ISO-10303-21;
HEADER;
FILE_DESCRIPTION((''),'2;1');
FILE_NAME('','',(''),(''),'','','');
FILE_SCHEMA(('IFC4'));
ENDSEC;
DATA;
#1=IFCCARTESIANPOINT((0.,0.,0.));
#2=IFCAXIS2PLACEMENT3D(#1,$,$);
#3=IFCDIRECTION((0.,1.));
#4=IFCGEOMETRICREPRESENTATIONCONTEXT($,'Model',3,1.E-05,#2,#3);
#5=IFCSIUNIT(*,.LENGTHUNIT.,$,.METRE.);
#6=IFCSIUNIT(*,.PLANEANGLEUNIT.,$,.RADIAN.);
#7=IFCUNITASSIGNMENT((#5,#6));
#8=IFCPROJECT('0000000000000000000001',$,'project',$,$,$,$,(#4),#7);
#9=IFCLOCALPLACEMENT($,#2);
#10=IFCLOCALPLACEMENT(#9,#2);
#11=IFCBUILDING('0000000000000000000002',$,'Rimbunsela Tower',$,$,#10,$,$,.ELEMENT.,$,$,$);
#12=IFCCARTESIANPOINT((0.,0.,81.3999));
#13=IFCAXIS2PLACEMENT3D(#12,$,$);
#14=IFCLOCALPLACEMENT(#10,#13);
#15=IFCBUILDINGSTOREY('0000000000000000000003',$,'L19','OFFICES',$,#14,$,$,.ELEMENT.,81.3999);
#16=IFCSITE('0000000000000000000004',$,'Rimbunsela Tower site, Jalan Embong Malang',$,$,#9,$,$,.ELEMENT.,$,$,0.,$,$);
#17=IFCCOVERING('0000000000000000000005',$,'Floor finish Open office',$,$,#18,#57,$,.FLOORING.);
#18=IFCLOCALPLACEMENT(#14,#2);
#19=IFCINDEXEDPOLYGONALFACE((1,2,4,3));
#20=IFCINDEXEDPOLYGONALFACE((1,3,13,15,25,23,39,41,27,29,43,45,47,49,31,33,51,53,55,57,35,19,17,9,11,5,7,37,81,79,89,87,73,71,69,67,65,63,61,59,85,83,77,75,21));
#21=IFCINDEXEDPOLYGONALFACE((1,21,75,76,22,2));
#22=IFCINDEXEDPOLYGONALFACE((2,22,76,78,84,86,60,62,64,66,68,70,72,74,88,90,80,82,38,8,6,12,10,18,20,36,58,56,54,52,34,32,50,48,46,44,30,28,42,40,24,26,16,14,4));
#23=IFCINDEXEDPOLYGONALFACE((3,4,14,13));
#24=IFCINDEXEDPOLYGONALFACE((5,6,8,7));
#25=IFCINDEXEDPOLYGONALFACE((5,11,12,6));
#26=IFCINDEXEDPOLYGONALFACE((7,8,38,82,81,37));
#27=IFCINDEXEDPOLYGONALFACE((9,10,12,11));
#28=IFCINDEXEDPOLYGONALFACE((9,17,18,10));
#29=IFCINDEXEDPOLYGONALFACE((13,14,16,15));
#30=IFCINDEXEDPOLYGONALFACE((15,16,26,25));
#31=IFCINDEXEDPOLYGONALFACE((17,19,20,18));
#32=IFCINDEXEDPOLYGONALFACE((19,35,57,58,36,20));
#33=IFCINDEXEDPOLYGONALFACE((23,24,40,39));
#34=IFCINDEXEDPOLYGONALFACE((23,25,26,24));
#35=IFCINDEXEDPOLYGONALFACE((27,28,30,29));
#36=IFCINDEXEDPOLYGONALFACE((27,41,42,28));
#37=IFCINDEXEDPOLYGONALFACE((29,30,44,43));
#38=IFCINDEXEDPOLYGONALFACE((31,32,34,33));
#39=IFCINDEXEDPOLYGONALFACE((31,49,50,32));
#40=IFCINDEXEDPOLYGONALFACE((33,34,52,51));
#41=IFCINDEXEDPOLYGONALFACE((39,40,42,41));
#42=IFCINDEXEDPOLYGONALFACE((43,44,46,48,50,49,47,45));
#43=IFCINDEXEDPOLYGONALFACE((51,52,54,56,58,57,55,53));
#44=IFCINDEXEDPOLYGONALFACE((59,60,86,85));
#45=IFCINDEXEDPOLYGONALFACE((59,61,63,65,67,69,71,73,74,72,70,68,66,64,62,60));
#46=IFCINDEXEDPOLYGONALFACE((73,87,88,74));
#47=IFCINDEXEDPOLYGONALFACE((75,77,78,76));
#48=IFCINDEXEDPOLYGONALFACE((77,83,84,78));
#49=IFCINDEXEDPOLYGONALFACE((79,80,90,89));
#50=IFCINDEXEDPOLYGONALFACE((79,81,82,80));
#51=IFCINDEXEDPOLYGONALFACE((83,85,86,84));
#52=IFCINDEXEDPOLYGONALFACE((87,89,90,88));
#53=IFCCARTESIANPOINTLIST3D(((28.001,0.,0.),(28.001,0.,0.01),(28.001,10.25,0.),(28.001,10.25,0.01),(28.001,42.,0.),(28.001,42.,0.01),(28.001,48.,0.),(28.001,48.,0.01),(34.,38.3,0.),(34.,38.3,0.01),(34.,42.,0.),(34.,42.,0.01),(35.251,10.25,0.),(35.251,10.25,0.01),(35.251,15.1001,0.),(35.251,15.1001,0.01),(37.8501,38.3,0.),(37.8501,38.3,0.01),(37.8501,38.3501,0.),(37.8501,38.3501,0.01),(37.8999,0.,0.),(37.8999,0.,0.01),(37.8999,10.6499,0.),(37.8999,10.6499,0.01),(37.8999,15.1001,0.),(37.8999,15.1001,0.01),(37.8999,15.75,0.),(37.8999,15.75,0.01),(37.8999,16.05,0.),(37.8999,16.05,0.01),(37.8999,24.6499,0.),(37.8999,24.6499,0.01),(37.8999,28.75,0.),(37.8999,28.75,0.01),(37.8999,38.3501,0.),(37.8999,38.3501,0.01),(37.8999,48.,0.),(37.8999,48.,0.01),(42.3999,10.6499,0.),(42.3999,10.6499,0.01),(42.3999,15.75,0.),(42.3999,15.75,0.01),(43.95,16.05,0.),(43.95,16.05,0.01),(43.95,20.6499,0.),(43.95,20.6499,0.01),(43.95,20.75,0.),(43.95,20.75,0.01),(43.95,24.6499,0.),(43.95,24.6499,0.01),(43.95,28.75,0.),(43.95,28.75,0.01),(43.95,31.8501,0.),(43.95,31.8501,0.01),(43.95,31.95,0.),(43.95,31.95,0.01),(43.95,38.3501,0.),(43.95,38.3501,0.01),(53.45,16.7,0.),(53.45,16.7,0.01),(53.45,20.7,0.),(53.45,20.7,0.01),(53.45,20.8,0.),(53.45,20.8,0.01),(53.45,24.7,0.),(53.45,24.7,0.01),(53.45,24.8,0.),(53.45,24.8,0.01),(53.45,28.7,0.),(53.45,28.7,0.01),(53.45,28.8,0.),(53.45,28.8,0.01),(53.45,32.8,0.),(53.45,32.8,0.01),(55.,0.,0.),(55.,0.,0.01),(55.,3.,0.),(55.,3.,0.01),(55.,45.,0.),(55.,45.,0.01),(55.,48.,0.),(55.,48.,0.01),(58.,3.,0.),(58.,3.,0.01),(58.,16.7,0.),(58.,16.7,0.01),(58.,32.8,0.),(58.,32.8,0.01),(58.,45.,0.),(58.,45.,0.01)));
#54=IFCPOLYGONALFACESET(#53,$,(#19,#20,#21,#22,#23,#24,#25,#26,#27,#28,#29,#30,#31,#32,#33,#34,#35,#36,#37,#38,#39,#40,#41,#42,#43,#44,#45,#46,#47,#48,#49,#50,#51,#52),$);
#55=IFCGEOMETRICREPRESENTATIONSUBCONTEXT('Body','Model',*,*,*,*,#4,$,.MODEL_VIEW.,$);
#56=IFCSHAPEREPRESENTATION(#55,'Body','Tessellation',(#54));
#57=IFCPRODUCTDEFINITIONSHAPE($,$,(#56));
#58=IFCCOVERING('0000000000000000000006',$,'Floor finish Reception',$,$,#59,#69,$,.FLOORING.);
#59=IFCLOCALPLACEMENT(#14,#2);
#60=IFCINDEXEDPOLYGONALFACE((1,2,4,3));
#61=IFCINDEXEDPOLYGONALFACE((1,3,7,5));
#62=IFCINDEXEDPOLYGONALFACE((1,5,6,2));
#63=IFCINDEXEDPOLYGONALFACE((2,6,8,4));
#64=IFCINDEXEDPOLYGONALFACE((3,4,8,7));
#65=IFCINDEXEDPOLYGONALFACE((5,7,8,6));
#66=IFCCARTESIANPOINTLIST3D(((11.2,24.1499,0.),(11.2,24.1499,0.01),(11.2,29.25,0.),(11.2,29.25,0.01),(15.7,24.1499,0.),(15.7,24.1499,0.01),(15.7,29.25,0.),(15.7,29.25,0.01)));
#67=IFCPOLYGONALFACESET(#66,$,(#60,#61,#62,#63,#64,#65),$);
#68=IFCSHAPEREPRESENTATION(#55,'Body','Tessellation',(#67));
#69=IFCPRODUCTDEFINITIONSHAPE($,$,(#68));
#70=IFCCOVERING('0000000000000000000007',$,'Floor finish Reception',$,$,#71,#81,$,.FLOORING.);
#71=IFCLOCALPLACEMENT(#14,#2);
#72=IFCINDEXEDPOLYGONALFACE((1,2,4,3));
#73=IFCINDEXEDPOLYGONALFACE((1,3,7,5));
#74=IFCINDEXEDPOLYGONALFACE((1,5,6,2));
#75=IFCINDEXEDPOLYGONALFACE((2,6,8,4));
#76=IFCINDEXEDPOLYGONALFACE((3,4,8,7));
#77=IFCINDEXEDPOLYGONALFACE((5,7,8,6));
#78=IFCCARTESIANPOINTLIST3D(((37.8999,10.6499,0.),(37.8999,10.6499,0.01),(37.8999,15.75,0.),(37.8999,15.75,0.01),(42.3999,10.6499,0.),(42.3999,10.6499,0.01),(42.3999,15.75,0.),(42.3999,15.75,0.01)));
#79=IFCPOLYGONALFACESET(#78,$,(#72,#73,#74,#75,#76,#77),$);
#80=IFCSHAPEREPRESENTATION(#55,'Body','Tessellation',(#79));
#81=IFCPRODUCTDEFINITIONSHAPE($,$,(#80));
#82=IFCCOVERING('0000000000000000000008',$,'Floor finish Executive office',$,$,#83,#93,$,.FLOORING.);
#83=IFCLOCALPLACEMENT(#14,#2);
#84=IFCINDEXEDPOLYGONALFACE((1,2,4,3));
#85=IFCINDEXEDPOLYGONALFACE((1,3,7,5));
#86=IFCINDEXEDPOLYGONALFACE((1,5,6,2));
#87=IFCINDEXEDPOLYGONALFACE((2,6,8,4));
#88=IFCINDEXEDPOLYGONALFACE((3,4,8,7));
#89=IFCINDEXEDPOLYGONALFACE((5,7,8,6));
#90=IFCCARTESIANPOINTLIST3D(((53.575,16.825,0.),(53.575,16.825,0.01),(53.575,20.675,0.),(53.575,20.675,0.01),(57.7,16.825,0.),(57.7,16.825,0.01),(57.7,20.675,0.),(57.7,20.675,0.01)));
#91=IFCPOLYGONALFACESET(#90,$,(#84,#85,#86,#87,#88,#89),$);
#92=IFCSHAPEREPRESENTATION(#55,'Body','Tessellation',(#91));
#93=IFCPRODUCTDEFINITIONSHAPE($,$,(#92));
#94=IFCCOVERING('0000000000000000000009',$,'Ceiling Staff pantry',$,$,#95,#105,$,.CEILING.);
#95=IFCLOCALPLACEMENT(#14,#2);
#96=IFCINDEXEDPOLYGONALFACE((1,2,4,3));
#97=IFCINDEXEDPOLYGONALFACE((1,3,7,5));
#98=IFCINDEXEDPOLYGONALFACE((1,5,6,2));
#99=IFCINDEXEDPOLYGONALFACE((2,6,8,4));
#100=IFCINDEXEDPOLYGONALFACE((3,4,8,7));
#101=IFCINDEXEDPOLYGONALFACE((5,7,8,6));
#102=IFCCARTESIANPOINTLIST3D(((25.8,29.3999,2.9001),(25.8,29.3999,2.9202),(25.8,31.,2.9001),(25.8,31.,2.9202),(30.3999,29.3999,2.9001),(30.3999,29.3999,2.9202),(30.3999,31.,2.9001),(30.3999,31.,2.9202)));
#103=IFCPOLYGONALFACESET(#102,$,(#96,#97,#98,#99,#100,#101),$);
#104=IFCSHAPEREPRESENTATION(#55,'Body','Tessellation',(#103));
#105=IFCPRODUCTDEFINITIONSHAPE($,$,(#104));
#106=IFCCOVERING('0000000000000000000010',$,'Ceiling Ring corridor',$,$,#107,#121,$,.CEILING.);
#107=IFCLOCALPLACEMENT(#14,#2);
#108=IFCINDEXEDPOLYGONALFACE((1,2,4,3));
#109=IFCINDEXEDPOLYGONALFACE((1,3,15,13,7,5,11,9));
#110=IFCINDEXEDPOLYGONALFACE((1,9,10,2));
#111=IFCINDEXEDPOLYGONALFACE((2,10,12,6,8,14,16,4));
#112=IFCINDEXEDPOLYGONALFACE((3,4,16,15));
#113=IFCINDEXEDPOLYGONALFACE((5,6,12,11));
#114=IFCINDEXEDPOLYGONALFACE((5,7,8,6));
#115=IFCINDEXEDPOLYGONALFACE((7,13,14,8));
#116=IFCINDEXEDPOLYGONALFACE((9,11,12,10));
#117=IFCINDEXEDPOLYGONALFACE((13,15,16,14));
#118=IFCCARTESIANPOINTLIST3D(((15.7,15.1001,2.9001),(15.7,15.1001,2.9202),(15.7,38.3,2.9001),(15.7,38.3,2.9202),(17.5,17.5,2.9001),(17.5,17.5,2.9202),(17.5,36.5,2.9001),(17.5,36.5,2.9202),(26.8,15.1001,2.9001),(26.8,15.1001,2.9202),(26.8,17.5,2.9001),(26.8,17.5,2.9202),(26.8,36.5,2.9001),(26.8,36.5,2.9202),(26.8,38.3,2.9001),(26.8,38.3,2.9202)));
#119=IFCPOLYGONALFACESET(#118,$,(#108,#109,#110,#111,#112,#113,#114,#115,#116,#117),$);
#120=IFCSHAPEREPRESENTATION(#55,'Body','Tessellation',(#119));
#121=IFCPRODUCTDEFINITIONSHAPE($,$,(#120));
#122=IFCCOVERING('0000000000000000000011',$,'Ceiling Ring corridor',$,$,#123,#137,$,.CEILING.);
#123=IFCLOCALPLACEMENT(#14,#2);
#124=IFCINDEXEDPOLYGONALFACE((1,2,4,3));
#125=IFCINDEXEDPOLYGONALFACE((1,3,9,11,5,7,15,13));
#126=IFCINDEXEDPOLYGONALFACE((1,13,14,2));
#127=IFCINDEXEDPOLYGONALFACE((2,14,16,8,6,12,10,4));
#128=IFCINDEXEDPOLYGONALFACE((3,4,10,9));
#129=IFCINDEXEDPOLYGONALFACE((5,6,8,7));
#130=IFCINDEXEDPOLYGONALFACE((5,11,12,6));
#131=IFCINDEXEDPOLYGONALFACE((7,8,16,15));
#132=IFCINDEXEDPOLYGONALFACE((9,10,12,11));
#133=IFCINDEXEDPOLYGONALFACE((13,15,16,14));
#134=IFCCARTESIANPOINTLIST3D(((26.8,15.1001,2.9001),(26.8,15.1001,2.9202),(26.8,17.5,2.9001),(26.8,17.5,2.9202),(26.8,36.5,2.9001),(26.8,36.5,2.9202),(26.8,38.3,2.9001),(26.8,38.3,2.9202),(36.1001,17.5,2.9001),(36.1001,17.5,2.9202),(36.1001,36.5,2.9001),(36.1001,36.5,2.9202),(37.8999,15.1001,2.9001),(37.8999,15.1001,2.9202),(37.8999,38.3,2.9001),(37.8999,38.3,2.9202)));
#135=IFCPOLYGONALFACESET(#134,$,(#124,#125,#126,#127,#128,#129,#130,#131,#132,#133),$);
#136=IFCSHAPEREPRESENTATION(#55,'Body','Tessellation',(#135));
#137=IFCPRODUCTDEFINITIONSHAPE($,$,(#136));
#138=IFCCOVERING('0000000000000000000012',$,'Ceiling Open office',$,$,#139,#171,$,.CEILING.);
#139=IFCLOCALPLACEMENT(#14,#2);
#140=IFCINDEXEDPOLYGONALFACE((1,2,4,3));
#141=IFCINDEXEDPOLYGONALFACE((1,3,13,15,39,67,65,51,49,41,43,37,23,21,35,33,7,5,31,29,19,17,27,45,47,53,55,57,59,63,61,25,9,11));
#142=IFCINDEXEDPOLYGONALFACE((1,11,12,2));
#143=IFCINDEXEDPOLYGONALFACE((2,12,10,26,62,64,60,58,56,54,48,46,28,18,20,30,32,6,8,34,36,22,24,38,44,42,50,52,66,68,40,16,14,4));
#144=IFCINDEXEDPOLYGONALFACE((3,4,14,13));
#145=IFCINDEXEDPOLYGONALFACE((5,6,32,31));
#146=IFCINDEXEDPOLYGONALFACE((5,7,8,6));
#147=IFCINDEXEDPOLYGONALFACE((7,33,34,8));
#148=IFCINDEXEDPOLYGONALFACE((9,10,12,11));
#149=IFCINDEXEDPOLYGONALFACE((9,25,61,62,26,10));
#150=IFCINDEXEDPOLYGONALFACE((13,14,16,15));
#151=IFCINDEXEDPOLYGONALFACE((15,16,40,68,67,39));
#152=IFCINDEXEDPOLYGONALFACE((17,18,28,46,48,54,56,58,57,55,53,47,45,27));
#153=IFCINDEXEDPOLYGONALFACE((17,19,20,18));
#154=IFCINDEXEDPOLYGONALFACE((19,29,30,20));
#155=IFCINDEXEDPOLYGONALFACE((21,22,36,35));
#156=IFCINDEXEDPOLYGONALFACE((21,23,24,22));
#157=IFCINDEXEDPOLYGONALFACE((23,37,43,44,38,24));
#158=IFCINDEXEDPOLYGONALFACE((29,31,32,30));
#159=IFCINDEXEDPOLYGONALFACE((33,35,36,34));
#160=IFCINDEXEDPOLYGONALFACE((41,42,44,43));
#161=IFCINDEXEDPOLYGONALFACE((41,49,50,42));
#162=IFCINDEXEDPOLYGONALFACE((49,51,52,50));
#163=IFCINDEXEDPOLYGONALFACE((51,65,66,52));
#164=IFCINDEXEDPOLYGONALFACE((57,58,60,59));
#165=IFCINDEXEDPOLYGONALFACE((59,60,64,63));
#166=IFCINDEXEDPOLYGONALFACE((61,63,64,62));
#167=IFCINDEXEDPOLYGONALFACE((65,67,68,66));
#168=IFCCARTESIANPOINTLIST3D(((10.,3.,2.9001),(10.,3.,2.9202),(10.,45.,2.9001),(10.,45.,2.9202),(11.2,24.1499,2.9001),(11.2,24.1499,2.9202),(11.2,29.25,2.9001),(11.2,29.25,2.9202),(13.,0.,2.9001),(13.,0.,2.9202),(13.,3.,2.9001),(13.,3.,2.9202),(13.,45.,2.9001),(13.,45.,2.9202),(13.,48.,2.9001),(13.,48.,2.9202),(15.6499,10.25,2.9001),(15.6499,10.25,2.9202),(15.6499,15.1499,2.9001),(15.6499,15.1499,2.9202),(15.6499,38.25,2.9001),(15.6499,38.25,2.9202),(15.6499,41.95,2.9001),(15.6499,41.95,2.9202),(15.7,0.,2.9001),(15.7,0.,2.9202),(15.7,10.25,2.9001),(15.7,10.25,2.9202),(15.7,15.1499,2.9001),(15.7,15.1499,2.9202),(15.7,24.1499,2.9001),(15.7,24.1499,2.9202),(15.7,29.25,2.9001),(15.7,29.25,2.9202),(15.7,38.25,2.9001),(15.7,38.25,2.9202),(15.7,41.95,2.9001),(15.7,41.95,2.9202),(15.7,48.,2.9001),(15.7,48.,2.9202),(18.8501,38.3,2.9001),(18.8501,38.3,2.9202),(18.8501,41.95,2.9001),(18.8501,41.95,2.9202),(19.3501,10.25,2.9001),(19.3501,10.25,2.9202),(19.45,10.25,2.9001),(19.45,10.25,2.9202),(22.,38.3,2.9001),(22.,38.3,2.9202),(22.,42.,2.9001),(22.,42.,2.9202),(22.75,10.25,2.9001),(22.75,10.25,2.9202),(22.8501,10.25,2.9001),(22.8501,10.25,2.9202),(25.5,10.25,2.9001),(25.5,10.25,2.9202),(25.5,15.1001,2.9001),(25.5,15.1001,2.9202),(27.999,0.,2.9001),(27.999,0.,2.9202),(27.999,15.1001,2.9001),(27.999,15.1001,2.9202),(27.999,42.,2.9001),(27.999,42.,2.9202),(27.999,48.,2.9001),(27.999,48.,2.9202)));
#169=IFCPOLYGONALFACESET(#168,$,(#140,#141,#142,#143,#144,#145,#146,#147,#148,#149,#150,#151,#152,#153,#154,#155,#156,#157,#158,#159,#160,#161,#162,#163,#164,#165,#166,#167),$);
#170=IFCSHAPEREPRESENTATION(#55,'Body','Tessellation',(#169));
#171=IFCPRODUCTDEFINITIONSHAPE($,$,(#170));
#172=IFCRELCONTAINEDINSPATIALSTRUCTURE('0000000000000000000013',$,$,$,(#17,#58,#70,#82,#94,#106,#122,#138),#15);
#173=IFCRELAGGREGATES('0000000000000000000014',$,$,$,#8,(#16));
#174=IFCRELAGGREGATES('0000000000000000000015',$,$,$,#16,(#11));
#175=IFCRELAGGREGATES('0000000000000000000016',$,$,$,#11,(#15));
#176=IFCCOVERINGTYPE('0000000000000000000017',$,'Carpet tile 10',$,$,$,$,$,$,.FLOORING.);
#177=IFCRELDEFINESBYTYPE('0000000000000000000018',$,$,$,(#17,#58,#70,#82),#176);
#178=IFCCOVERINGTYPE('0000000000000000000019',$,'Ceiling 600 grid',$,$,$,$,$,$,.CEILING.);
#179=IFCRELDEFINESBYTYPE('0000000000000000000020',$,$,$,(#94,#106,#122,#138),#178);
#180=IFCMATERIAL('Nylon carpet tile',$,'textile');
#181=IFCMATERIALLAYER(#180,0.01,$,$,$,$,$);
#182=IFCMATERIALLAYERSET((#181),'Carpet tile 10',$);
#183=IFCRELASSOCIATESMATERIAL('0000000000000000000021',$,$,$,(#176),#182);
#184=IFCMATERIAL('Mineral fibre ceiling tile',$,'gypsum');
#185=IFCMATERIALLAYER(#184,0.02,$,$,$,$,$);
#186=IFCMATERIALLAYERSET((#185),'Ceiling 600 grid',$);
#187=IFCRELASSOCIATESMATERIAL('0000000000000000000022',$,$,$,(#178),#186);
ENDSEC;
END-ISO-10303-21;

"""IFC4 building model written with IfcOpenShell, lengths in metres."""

from ifc_helpers import new_model, si_unit, direction, frame, origin, place, context, subcontext, project, spatial, polyline, outline, extrude, material, layer, layer_set, type_object, element, save


model = new_model("IFC4")

# Units and contexts
model_context = context("Model", 3, precision=1e-05, world=origin(), true_north=direction((0.0, 1.0)))
body_context = subcontext(model_context, "Body", "Model", "MODEL_VIEW")
ifc_project = project(units=[si_unit("LENGTHUNIT", "METRE"), si_unit("PLANEANGLEUNIT", "RADIAN")], contexts=[model_context])

# Site, building, storey
site_placement = place(None, origin())
site = spatial("IfcSite", under=ifc_project, at=site_placement, Name="Rimbunsela Tower site, Jalan Embong Malang", CompositionType="ELEMENT", RefElevation=0.0)
building_placement = place(site_placement, origin())
building = spatial("IfcBuilding", under=site, at=building_placement, Name="Rimbunsela Tower", CompositionType="ELEMENT")
storey_placement = place(building_placement, frame((0.0, 0.0, 81.3999)))
storey = spatial("IfcBuildingStorey", under=building, at=storey_placement, Name="L19", Description="OFFICES", CompositionType="ELEMENT", Elevation=81.3999)

# Coverings
ifc_material_1 = material(Name="Nylon carpet tile", Category="textile")
ifc_layer_1 = layer(ifc_material_1, 0.01)
ifc_layer_set_1 = layer_set([ifc_layer_1], Name="Carpet tile 10")
covering_type_1 = type_object("IfcCoveringType", Name="Carpet tile 10", PredefinedType="FLOORING", material=ifc_layer_set_1)
covering_1_placement = place(storey_placement, origin())
element("IfcCovering", 1, at=covering_1_placement, inside=storey, type_object=covering_type_1, Name="Floor finish Open office", PredefinedType="FLOORING", context=body_context, shape_type="SweptSolid", body=[
    extrude(outline(polyline([(37.8999, 10.6499), (42.3999, 10.6499), (42.3999, 15.75), (37.8999, 15.75), (37.8999, 16.05), (43.95, 16.05), (43.95, 20.6499), (43.95, 20.75), (43.95, 24.6499), (37.8999, 24.6499), (37.8999, 28.75), (43.95, 28.75), (43.95, 31.8501), (43.95, 31.95), (43.95, 38.3501), (37.8999, 38.3501), (37.8501, 38.3501), (37.8501, 38.3), (34.0, 38.3), (34.0, 42.0), (28.001, 42.0), (28.001, 48.0), (37.8999, 48.0), (55.0, 48.0), (55.0, 45.0), (58.0, 45.0), (58.0, 32.8), (53.45, 32.8), (53.45, 28.8), (53.45, 28.7), (53.45, 24.8), (53.45, 24.7), (53.45, 20.8), (53.45, 20.7), (53.45, 16.7), (58.0, 16.7), (58.0, 3.0), (55.0, 3.0), (55.0, 0.0), (37.8999, 0.0), (28.001, 0.0), (28.001, 10.25), (35.251, 10.25), (35.251, 15.1001), (37.8999, 15.1001), (37.8999, 10.6499)])), origin(), (0.0, 0.0, 1.0), 0.01),
])
covering_2_placement = place(storey_placement, origin())
element("IfcCovering", 2, at=covering_2_placement, inside=storey, type_object=covering_type_1, Name="Floor finish Reception", PredefinedType="FLOORING", context=body_context, shape_type="SweptSolid", body=[
    extrude(outline(polyline([(15.7, 24.1499), (15.7, 29.25), (11.2, 29.25), (11.2, 24.1499), (15.7, 24.1499)])), origin(), (0.0, 0.0, 1.0), 0.01),
])
covering_3_placement = place(storey_placement, origin())
element("IfcCovering", 3, at=covering_3_placement, inside=storey, type_object=covering_type_1, Name="Floor finish Reception", PredefinedType="FLOORING", context=body_context, shape_type="SweptSolid", body=[
    extrude(outline(polyline([(42.3999, 10.6499), (42.3999, 15.75), (37.8999, 15.75), (37.8999, 10.6499), (42.3999, 10.6499)])), origin(), (0.0, 0.0, 1.0), 0.01),
])
covering_4_placement = place(storey_placement, origin())
element("IfcCovering", 4, at=covering_4_placement, inside=storey, type_object=covering_type_1, Name="Floor finish Executive office", PredefinedType="FLOORING", context=body_context, shape_type="SweptSolid", body=[
    extrude(outline(polyline([(57.7, 16.825), (57.7, 20.675), (53.575, 20.675), (53.575, 16.825), (57.7, 16.825)])), origin(), (0.0, 0.0, 1.0), 0.01),
])
ifc_material_2 = material(Name="Mineral fibre ceiling tile", Category="gypsum")
ifc_layer_2 = layer(ifc_material_2, 0.02)
ifc_layer_set_2 = layer_set([ifc_layer_2], Name="Ceiling 600 grid")
covering_type_2 = type_object("IfcCoveringType", Name="Ceiling 600 grid", PredefinedType="CEILING", material=ifc_layer_set_2)
covering_5_placement = place(storey_placement, frame((0.0, 0.0, 2.9001)))
element("IfcCovering", 5, at=covering_5_placement, inside=storey, type_object=covering_type_2, Name="Ceiling Staff pantry", PredefinedType="CEILING", context=body_context, shape_type="SweptSolid", body=[
    extrude(outline(polyline([(30.3999, 29.3999), (30.3999, 31.0), (25.8, 31.0), (25.8, 29.3999), (30.3999, 29.3999)])), origin(), (0.0, 0.0, 1.0), 0.02),
])
covering_6_placement = place(storey_placement, frame((0.0, 0.0, 2.9001)))
element("IfcCovering", 6, at=covering_6_placement, inside=storey, type_object=covering_type_2, Name="Ceiling Ring corridor", PredefinedType="CEILING", context=body_context, shape_type="SweptSolid", body=[
    extrude(outline(polyline([(15.7, 38.3), (26.8, 38.3), (26.8, 36.5), (17.5, 36.5), (17.5, 17.5), (26.8, 17.5), (26.8, 15.1001), (15.7, 15.1001), (15.7, 38.3)])), origin(), (0.0, 0.0, 1.0), 0.02),
])
covering_7_placement = place(storey_placement, frame((0.0, 0.0, 2.9001)))
element("IfcCovering", 7, at=covering_7_placement, inside=storey, type_object=covering_type_2, Name="Ceiling Ring corridor", PredefinedType="CEILING", context=body_context, shape_type="SweptSolid", body=[
    extrude(outline(polyline([(37.8999, 38.3), (37.8999, 15.1001), (26.8, 15.1001), (26.8, 17.5), (36.1001, 17.5), (36.1001, 36.5), (26.8, 36.5), (26.8, 38.3), (37.8999, 38.3)])), origin(), (0.0, 0.0, 1.0), 0.02),
])
covering_8_placement = place(storey_placement, frame((0.0, 0.0, 2.9001)))
element("IfcCovering", 8, at=covering_8_placement, inside=storey, type_object=covering_type_2, Name="Ceiling Open office", PredefinedType="CEILING", context=body_context, shape_type="SweptSolid", body=[
    extrude(outline(polyline([(19.45, 10.25), (22.75, 10.25), (22.8501, 10.25), (25.5, 10.25), (25.5, 15.1001), (27.999, 15.1001), (27.999, 0.0), (15.7, 0.0), (13.0, 0.0), (13.0, 3.0), (10.0, 3.0), (10.0, 45.0), (13.0, 45.0), (13.0, 48.0), (15.7, 48.0), (27.999, 48.0), (27.999, 42.0), (22.0, 42.0), (22.0, 38.3), (18.8501, 38.3), (18.8501, 41.95), (15.7, 41.95), (15.6499, 41.95), (15.6499, 38.25), (15.7, 38.25), (15.7, 29.25), (11.2, 29.25), (11.2, 24.1499), (15.7, 24.1499), (15.7, 15.1499), (15.6499, 15.1499), (15.6499, 10.25), (15.7, 10.25), (19.3501, 10.25), (19.45, 10.25)])), origin(), (0.0, 0.0, 1.0), 0.02),
])

save(model, "model.ifc")
